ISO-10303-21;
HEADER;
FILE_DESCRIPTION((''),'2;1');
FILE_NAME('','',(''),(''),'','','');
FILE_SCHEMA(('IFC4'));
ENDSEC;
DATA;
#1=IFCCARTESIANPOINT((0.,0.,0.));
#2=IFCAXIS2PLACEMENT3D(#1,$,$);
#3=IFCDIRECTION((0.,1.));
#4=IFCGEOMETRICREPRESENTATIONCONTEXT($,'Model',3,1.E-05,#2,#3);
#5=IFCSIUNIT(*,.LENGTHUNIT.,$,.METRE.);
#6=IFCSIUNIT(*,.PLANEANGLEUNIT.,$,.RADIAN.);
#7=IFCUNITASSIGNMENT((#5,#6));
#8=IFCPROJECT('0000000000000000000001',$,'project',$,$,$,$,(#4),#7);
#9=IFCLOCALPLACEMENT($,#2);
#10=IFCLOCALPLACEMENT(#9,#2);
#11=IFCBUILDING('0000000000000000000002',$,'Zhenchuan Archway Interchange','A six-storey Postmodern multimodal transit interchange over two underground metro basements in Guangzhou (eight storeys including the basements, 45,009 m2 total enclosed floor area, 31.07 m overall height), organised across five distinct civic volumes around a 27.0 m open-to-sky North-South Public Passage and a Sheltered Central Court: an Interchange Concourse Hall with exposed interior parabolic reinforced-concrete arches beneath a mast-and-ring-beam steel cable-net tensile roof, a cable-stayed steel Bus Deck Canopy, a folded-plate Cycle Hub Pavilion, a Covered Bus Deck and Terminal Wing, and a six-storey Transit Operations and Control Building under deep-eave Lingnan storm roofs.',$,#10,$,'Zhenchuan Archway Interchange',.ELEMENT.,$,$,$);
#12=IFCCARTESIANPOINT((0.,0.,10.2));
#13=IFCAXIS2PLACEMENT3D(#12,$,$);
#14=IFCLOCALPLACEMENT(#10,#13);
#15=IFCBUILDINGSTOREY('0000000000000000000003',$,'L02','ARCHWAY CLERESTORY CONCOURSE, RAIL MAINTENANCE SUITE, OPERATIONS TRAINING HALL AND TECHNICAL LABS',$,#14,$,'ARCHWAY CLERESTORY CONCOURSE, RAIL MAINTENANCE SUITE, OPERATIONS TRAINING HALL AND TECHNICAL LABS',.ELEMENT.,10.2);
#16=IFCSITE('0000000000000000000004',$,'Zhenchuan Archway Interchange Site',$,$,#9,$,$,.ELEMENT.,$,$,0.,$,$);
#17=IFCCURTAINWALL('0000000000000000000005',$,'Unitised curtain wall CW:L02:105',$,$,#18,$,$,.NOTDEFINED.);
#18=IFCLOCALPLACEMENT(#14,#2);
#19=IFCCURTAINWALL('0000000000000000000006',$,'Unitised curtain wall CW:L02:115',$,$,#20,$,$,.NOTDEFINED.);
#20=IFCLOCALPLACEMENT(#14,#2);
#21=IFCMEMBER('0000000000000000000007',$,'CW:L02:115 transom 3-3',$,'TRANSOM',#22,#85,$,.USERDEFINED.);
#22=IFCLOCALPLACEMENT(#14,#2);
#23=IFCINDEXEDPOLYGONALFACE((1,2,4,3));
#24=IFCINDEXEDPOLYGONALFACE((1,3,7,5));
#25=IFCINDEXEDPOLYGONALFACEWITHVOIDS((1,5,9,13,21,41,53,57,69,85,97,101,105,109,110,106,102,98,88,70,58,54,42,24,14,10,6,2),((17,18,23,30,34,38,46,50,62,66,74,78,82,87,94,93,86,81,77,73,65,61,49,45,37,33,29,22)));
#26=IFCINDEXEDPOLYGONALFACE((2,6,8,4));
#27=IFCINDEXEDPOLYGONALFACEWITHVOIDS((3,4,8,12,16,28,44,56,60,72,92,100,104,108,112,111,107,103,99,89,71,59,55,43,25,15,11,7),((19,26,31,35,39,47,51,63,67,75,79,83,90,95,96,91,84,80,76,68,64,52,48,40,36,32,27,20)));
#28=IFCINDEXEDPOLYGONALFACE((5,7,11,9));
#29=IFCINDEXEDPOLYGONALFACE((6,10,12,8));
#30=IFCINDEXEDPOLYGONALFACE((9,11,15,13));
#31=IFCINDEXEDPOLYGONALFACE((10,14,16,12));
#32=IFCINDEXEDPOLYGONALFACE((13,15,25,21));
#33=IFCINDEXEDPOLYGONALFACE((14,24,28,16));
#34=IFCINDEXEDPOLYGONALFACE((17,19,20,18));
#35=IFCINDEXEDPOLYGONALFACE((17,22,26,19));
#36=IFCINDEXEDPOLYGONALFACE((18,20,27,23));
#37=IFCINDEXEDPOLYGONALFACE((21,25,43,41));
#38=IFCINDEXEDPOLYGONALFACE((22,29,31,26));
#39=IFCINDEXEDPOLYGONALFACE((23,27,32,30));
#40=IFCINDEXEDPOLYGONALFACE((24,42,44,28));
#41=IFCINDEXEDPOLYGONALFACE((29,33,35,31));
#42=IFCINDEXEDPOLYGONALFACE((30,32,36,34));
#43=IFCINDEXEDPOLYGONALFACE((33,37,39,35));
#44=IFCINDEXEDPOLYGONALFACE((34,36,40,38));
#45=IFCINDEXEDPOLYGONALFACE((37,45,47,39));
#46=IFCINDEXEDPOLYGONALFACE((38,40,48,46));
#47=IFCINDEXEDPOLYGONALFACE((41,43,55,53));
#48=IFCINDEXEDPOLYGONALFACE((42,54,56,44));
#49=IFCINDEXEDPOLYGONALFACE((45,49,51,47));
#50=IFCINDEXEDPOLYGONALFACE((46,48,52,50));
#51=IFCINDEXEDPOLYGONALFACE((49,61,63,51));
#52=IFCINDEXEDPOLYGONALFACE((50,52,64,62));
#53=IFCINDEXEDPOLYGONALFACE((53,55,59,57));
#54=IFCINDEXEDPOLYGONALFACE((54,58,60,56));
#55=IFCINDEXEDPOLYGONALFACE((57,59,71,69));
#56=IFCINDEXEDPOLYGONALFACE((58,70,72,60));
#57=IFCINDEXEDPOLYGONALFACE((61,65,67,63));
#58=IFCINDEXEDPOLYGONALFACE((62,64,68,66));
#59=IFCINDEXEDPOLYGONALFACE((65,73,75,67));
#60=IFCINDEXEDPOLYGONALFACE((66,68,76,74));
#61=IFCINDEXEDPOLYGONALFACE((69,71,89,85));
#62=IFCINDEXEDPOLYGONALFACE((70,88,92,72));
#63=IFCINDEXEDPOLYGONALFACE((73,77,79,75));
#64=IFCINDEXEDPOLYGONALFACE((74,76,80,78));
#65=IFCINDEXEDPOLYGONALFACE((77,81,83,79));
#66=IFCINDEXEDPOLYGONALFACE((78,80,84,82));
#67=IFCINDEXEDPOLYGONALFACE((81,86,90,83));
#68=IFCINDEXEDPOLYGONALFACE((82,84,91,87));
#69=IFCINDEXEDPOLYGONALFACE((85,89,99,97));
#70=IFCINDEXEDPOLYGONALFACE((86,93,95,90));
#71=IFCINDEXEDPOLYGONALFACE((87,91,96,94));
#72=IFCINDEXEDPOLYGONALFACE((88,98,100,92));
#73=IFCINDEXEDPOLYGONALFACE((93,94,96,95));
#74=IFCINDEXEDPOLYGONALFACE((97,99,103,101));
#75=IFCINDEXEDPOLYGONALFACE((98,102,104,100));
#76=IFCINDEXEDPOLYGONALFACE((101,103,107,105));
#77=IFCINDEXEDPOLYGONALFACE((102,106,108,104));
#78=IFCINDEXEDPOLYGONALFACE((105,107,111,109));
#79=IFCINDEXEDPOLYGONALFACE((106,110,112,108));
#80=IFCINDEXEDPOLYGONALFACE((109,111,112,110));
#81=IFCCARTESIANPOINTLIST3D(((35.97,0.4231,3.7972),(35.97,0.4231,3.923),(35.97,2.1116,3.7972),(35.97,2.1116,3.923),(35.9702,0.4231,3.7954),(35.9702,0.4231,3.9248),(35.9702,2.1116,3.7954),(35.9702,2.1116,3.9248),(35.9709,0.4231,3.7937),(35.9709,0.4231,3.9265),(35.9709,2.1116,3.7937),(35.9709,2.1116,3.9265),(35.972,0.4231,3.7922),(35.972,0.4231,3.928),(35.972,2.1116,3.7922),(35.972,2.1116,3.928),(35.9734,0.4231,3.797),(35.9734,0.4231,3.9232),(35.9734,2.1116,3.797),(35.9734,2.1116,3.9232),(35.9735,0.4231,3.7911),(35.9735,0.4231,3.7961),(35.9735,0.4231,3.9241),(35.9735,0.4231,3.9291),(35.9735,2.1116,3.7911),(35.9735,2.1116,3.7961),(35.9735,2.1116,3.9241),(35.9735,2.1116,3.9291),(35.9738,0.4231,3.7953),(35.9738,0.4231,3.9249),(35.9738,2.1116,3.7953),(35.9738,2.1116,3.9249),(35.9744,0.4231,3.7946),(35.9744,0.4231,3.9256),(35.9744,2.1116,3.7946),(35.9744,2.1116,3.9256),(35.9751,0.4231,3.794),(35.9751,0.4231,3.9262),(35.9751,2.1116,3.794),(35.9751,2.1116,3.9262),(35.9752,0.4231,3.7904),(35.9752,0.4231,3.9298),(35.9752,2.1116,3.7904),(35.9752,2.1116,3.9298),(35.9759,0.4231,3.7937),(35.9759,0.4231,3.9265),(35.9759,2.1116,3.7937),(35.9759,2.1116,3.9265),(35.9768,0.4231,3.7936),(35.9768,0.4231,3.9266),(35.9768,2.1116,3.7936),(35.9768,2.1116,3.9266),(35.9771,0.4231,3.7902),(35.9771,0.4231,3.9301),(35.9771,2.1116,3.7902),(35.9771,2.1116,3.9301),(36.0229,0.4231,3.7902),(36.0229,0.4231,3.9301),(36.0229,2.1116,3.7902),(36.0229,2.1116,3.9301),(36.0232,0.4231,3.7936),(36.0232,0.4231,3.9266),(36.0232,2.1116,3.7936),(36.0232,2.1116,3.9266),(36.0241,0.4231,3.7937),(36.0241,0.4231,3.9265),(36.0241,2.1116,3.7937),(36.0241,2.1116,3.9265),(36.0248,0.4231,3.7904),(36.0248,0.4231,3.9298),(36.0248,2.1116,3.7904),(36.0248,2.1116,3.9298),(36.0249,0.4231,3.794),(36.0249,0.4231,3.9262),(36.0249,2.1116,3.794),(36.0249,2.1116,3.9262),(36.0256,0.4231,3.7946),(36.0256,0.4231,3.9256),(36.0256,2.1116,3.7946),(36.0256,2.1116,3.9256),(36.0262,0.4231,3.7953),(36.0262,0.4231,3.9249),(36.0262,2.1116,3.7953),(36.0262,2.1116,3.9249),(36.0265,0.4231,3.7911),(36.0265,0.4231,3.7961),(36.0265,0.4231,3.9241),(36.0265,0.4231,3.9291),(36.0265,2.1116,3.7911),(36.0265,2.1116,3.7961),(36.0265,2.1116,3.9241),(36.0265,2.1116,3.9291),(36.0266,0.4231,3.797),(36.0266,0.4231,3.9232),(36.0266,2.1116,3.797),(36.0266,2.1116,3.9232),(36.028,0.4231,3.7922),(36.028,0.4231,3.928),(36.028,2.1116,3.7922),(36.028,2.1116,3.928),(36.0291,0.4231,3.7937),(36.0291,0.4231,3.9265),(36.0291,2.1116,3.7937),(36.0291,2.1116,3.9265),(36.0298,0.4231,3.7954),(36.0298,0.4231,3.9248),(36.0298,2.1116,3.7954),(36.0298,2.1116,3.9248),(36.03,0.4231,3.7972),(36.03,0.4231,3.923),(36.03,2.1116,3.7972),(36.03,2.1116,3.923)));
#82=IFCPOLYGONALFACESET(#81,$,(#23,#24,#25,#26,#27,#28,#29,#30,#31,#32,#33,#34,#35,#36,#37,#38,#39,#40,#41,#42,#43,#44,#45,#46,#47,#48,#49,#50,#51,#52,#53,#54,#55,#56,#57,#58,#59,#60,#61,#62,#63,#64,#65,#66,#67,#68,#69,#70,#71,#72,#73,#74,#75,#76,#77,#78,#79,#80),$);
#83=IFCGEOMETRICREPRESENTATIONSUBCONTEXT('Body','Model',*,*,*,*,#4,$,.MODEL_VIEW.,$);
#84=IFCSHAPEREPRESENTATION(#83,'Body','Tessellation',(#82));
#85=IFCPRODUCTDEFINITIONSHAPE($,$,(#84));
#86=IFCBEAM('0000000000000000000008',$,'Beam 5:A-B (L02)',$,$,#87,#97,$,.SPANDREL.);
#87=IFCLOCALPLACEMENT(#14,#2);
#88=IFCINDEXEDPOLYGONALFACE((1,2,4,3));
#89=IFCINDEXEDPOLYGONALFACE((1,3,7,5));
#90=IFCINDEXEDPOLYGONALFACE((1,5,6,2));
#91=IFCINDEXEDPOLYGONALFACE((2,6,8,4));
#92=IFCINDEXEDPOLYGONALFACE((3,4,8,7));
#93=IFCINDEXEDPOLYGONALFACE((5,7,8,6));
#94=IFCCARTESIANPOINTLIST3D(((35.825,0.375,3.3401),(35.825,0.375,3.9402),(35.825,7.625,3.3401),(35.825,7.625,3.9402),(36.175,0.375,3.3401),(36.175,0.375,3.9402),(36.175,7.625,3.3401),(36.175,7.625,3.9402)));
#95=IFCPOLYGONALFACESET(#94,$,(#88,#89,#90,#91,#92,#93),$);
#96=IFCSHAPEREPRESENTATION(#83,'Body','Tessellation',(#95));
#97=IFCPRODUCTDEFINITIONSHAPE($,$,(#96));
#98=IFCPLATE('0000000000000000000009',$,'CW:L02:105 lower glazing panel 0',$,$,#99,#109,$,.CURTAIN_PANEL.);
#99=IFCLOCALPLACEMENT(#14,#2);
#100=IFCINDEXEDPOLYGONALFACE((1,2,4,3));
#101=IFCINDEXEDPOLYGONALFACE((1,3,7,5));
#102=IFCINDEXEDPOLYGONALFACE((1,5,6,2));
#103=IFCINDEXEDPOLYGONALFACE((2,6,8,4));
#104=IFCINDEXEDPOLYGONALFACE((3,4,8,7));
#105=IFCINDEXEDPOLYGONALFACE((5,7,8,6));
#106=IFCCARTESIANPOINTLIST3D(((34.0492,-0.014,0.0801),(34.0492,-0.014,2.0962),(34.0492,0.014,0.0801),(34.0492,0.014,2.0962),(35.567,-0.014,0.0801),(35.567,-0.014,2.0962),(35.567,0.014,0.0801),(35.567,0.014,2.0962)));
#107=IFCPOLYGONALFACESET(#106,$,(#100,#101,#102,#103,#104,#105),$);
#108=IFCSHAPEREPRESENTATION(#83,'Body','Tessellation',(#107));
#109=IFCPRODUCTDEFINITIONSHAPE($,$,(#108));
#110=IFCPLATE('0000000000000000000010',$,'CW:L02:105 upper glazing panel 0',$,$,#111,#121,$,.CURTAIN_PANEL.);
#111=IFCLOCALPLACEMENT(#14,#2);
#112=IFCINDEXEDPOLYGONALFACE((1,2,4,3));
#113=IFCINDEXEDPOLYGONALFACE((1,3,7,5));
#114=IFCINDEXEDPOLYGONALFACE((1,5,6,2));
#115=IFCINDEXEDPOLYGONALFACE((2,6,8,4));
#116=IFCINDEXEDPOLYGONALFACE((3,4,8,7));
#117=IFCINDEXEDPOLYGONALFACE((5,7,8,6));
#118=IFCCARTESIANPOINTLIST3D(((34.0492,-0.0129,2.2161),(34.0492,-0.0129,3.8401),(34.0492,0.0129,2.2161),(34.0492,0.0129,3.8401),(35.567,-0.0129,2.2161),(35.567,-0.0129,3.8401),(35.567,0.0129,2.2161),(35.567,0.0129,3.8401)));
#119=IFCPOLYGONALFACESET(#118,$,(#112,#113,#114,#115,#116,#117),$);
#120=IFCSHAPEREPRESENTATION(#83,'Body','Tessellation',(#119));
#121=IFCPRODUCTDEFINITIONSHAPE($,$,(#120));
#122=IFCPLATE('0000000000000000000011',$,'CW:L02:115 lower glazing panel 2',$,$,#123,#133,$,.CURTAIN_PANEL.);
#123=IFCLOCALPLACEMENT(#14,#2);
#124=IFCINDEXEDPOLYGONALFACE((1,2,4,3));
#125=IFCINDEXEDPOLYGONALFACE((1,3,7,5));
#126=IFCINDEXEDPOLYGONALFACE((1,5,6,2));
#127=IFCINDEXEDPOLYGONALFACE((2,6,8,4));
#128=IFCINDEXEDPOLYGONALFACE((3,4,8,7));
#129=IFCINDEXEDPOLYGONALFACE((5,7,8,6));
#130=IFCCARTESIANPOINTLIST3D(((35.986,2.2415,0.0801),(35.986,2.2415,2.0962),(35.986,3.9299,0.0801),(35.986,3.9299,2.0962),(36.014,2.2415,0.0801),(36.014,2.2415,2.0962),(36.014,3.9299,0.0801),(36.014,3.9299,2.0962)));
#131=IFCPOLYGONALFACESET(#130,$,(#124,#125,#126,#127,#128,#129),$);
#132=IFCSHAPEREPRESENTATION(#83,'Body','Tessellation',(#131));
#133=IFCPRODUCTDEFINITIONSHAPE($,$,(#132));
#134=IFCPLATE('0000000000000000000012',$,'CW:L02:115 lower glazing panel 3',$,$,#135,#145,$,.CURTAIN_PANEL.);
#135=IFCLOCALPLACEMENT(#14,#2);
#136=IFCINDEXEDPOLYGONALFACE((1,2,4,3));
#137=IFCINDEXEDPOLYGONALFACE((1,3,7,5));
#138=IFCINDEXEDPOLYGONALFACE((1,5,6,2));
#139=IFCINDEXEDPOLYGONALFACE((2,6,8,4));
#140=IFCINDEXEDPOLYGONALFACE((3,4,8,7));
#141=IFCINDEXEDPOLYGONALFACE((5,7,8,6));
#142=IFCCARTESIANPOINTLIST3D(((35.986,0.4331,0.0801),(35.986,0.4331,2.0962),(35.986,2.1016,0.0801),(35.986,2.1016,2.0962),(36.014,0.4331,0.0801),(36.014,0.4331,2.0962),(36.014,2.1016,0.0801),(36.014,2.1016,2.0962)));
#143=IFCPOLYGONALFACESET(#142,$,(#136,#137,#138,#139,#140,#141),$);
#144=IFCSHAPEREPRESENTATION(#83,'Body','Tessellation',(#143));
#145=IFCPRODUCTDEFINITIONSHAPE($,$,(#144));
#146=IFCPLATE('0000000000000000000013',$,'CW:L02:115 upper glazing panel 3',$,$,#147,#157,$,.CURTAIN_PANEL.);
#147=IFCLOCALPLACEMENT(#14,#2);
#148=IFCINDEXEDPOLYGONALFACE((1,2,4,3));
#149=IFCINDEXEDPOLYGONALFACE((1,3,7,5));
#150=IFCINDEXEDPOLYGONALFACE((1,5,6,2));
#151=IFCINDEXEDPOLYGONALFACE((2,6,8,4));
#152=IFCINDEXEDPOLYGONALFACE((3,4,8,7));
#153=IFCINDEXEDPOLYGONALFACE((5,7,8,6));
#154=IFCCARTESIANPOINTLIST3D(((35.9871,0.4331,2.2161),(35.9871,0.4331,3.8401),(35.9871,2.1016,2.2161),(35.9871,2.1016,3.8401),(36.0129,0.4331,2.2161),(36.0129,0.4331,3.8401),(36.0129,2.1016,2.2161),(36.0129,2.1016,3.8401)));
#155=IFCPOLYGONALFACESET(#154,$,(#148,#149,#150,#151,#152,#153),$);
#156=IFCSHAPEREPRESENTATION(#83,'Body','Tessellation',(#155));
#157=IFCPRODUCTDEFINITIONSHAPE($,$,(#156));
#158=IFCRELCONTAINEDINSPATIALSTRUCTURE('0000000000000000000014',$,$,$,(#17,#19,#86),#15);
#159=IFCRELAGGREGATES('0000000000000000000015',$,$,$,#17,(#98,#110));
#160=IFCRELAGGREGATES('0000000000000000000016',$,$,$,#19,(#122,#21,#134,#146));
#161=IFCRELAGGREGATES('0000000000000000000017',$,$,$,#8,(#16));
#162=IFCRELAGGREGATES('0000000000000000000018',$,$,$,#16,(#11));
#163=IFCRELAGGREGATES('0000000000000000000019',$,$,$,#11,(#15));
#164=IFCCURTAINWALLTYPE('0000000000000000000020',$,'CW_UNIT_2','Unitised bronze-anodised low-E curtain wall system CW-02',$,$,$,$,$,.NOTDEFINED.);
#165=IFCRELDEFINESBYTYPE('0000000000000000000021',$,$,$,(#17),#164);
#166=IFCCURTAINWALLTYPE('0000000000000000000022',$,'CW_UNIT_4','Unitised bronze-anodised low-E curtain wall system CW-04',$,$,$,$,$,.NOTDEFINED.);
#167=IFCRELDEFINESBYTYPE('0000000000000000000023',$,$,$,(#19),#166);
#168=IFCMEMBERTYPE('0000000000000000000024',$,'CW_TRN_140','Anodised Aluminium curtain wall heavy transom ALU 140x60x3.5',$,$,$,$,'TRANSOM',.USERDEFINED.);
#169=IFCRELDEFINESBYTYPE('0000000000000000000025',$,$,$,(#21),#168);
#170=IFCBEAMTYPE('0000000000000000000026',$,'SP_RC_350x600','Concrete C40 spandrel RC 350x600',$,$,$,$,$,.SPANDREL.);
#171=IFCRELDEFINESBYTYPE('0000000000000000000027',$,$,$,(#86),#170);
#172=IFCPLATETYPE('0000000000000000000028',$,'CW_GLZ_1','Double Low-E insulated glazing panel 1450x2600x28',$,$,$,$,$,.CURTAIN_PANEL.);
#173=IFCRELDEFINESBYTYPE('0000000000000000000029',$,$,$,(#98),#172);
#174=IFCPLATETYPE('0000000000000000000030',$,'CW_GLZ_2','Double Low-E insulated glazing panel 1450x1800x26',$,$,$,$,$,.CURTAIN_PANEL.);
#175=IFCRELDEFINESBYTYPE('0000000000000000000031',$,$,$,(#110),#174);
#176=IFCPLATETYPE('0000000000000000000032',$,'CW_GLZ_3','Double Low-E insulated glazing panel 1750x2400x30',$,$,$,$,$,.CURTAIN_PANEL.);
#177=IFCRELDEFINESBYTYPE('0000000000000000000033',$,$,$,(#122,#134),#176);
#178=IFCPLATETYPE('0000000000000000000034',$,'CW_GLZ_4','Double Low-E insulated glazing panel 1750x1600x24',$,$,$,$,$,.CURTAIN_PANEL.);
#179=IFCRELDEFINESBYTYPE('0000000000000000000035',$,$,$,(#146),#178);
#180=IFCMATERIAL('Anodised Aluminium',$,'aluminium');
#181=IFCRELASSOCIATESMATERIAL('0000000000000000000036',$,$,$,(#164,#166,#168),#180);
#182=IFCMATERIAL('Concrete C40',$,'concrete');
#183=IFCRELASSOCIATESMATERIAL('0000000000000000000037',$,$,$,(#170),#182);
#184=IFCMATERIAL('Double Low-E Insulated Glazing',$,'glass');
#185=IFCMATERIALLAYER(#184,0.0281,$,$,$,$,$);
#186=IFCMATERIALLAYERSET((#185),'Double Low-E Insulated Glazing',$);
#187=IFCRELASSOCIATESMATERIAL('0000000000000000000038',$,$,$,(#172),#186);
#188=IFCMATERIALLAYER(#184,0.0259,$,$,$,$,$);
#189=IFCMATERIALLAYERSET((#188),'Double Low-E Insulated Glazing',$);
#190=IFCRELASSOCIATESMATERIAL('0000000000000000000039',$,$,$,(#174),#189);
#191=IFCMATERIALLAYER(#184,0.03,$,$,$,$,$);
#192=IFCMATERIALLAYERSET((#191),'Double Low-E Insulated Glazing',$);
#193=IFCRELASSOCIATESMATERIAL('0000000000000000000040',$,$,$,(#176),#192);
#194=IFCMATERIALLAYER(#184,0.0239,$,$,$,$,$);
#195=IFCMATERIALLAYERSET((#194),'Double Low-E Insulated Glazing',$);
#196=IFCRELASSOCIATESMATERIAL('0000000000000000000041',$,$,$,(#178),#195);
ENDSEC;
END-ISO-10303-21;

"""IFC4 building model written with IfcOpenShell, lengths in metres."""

from ifc_helpers import new_model, si_unit, direction, frame, origin, origin_2d, place, context, subcontext, project, spatial, rectangle, hollow_rectangle, extrude, material, layer, layer_set, material_profile, profile_set, type_object, element, aggregate, save


model = new_model("IFC4")

# Units and contexts
model_context = context("Model", 3, precision=1e-05, world=origin(), true_north=direction((0.0, 1.0)))
body_context = subcontext(model_context, "Body", "Model", "MODEL_VIEW")
ifc_project = project(units=[si_unit("LENGTHUNIT", "METRE"), si_unit("PLANEANGLEUNIT", "RADIAN")], contexts=[model_context])

# Site, building, storey
site_placement = place(None, origin())
site = spatial("IfcSite", under=ifc_project, at=site_placement, Name="Zhenchuan Archway Interchange Site", CompositionType="ELEMENT", RefElevation=0.0)
building_placement = place(site_placement, origin())
building = spatial("IfcBuilding", under=site, at=building_placement, Name="Zhenchuan Archway Interchange", Description="A six-storey Postmodern multimodal transit interchange over two underground metro basements in Guangzhou (eight storeys including the basements, 45,009 m2 total enclosed floor area, 31.07 m overall height), organised across five distinct civic volumes around a 27.0 m open-to-sky North-South Public Passage and a Sheltered Central Court: an Interchange Concourse Hall with exposed interior parabolic reinforced-concrete arches beneath a mast-and-ring-beam steel cable-net tensile roof, a cable-stayed steel Bus Deck Canopy, a folded-plate Cycle Hub Pavilion, a Covered Bus Deck and Terminal Wing, and a six-storey Transit Operations and Control Building under deep-eave Lingnan storm roofs.", LongName="Zhenchuan Archway Interchange", CompositionType="ELEMENT")
storey_placement = place(building_placement, frame((0.0, 0.0, 10.2)))
storey = spatial("IfcBuildingStorey", under=building, at=storey_placement, Name="L02", Description="ARCHWAY CLERESTORY CONCOURSE, RAIL MAINTENANCE SUITE, OPERATIONS TRAINING HALL AND TECHNICAL LABS", LongName="ARCHWAY CLERESTORY CONCOURSE, RAIL MAINTENANCE SUITE, OPERATIONS TRAINING HALL AND TECHNICAL LABS", CompositionType="ELEMENT", Elevation=10.2)

# Shared definitions
ifc_material_1 = material(Name="Concrete C40", Category="concrete")

# Curtain walls
ifc_material_2 = material(Name="Anodised Aluminium", Category="aluminium")
curtain_wall_type_1 = type_object("IfcCurtainWallType", Name="CW_UNIT_2", Description="Unitised bronze-anodised low-E curtain wall system CW-02", PredefinedType="NOTDEFINED", material=ifc_material_2)
curtain_wall_1_placement = place(storey_placement, origin())
curtain_wall_1 = element("IfcCurtainWall", 1, at=curtain_wall_1_placement, inside=storey, type_object=curtain_wall_type_1, Name="Unitised curtain wall CW:L02:105", PredefinedType="NOTDEFINED")
curtain_wall_type_2 = type_object("IfcCurtainWallType", Name="CW_UNIT_4", Description="Unitised bronze-anodised low-E curtain wall system CW-04", PredefinedType="NOTDEFINED", material=ifc_material_2)
curtain_wall_2_placement = place(storey_placement, origin())
curtain_wall_2 = element("IfcCurtainWall", 2, at=curtain_wall_2_placement, inside=storey, type_object=curtain_wall_type_2, Name="Unitised curtain wall CW:L02:115", PredefinedType="NOTDEFINED")

# Member
ifc_material_profile_1 = material_profile(ifc_material_2, hollow_rectangle(XDim=0.0601, YDim=0.1399, WallThickness=0.0034, InnerFilletRadius=0.0034, OuterFilletRadius=0.0071, at=origin_2d()), Name="ALU 140x60x3.5")
ifc_profile_set_1 = profile_set([ifc_material_profile_1], Name="Anodised Aluminium")
member_type_1 = type_object("IfcMemberType", Name="CW_TRN_140", Description="Anodised Aluminium curtain wall heavy transom ALU 140x60x3.5", ElementType="TRANSOM", PredefinedType="USERDEFINED", material=ifc_profile_set_1)
member_1_placement = place(storey_placement, frame((36.0, 2.1116, 3.8601), z_axis=(0.0, -1.0, 0.0), x_axis=(1.0, 0.0, 0.0)))
member_1 = element("IfcMember", 3, at=member_1_placement, type_object=member_type_1, Name="CW:L02:115 transom 3-3", ObjectType="TRANSOM", PredefinedType="USERDEFINED", context=body_context, shape_type="SweptSolid", body=[
    extrude(hollow_rectangle(XDim=0.0601, YDim=0.1399, WallThickness=0.0034, InnerFilletRadius=0.0034, OuterFilletRadius=0.0071, at=origin_2d()), origin(), (0.0, 0.0, 1.0), 1.6885),
])

# Beam
ifc_material_profile_2 = material_profile(ifc_material_1, rectangle(XDim=0.3501, YDim=0.6001, at=origin_2d()), Name="RC 350x600")
ifc_profile_set_2 = profile_set([ifc_material_profile_2], Name="Concrete C40")
beam_type = type_object("IfcBeamType", Name="SP_RC_350x600", Description="Concrete C40 spandrel RC 350x600", PredefinedType="SPANDREL", material=ifc_profile_set_2)
beam_placement = place(storey_placement, frame((36.0, 0.375, 3.6401), z_axis=(0.0, 1.0, 0.0), x_axis=(-1.0, 0.0, 0.0)))
element("IfcBeam", 4, at=beam_placement, inside=storey, type_object=beam_type, Name="Beam 5:A-B (L02)", PredefinedType="SPANDREL", context=body_context, shape_type="SweptSolid", body=[
    extrude(rectangle(XDim=0.3501, YDim=0.6001, at=origin_2d()), origin(), (0.0, 0.0, 1.0), 7.25),
])

# Plates
ifc_material_3 = material(Name="Double Low-E Insulated Glazing", Category="glass")
ifc_layer_1 = layer(ifc_material_3, 0.0281)
ifc_layer_set_1 = layer_set([ifc_layer_1], Name="Double Low-E Insulated Glazing")
plate_type_1 = type_object("IfcPlateType", Name="CW_GLZ_1", Description="Double Low-E insulated glazing panel 1450x2600x28", PredefinedType="CURTAIN_PANEL", material=ifc_layer_set_1)
plate_1_placement = place(storey_placement, frame((34.8081, 0.0, 0.0801), z_axis=(0.0, 0.0, 1.0), x_axis=(-1.0, 0.0, 0.0)))
plate_1 = element("IfcPlate", 5, at=plate_1_placement, type_object=plate_type_1, Name="CW:L02:105 lower glazing panel 0", PredefinedType="CURTAIN_PANEL", context=body_context, shape_type="SweptSolid", body=[
    extrude(rectangle(XDim=1.5178, YDim=0.0281, at=origin_2d()), origin(), (0.0, 0.0, 1.0), 2.0161),
])
ifc_layer_2 = layer(ifc_material_3, 0.0259)
ifc_layer_set_2 = layer_set([ifc_layer_2], Name="Double Low-E Insulated Glazing")
plate_type_2 = type_object("IfcPlateType", Name="CW_GLZ_2", Description="Double Low-E insulated glazing panel 1450x1800x26", PredefinedType="CURTAIN_PANEL", material=ifc_layer_set_2)
plate_2_placement = place(storey_placement, frame((34.8081, 0.0, 2.2161), z_axis=(0.0, 0.0, 1.0), x_axis=(-1.0, 0.0, 0.0)))
plate_2 = element("IfcPlate", 6, at=plate_2_placement, type_object=plate_type_2, Name="CW:L02:105 upper glazing panel 0", PredefinedType="CURTAIN_PANEL", context=body_context, shape_type="SweptSolid", body=[
    extrude(rectangle(XDim=1.5178, YDim=0.0259, at=origin_2d()), origin(), (0.0, 0.0, 1.0), 1.624),
])
aggregate(curtain_wall_1, [plate_1, plate_2])
ifc_layer_3 = layer(ifc_material_3, 0.03)
ifc_layer_set_3 = layer_set([ifc_layer_3], Name="Double Low-E Insulated Glazing")
plate_type_3 = type_object("IfcPlateType", Name="CW_GLZ_3", Description="Double Low-E insulated glazing panel 1750x2400x30", PredefinedType="CURTAIN_PANEL", material=ifc_layer_set_3)
plate_3_placement = place(storey_placement, frame((36.0, 3.0857, 0.0801), z_axis=(0.0, 0.0, 1.0), x_axis=(0.0, -1.0, 0.0)))
plate_3 = element("IfcPlate", 7, at=plate_3_placement, type_object=plate_type_3, Name="CW:L02:115 lower glazing panel 2", PredefinedType="CURTAIN_PANEL", context=body_context, shape_type="SweptSolid", body=[
    extrude(rectangle(XDim=1.6885, YDim=0.0281, at=origin_2d()), origin(), (0.0, 0.0, 1.0), 2.0161),
])
plate_4_placement = place(storey_placement, frame((36.0, 1.2673, 0.0801), z_axis=(0.0, 0.0, 1.0), x_axis=(0.0, -1.0, 0.0)))
plate_4 = element("IfcPlate", 8, at=plate_4_placement, type_object=plate_type_3, Name="CW:L02:115 lower glazing panel 3", PredefinedType="CURTAIN_PANEL", context=body_context, shape_type="SweptSolid", body=[
    extrude(rectangle(XDim=1.6685, YDim=0.0281, at=origin_2d()), origin(), (0.0, 0.0, 1.0), 2.0161),
])
ifc_layer_4 = layer(ifc_material_3, 0.0239)
ifc_layer_set_4 = layer_set([ifc_layer_4], Name="Double Low-E Insulated Glazing")
plate_type_4 = type_object("IfcPlateType", Name="CW_GLZ_4", Description="Double Low-E insulated glazing panel 1750x1600x24", PredefinedType="CURTAIN_PANEL", material=ifc_layer_set_4)
plate_5_placement = place(storey_placement, frame((36.0, 1.2673, 2.2161), z_axis=(0.0, 0.0, 1.0), x_axis=(0.0, -1.0, 0.0)))
plate_5 = element("IfcPlate", 9, at=plate_5_placement, type_object=plate_type_4, Name="CW:L02:115 upper glazing panel 3", PredefinedType="CURTAIN_PANEL", context=body_context, shape_type="SweptSolid", body=[
    extrude(rectangle(XDim=1.6685, YDim=0.0259, at=origin_2d()), origin(), (0.0, 0.0, 1.0), 1.624),
])
aggregate(curtain_wall_2, [plate_3, member_1, plate_4, plate_5])

save(model, "model.ifc")
